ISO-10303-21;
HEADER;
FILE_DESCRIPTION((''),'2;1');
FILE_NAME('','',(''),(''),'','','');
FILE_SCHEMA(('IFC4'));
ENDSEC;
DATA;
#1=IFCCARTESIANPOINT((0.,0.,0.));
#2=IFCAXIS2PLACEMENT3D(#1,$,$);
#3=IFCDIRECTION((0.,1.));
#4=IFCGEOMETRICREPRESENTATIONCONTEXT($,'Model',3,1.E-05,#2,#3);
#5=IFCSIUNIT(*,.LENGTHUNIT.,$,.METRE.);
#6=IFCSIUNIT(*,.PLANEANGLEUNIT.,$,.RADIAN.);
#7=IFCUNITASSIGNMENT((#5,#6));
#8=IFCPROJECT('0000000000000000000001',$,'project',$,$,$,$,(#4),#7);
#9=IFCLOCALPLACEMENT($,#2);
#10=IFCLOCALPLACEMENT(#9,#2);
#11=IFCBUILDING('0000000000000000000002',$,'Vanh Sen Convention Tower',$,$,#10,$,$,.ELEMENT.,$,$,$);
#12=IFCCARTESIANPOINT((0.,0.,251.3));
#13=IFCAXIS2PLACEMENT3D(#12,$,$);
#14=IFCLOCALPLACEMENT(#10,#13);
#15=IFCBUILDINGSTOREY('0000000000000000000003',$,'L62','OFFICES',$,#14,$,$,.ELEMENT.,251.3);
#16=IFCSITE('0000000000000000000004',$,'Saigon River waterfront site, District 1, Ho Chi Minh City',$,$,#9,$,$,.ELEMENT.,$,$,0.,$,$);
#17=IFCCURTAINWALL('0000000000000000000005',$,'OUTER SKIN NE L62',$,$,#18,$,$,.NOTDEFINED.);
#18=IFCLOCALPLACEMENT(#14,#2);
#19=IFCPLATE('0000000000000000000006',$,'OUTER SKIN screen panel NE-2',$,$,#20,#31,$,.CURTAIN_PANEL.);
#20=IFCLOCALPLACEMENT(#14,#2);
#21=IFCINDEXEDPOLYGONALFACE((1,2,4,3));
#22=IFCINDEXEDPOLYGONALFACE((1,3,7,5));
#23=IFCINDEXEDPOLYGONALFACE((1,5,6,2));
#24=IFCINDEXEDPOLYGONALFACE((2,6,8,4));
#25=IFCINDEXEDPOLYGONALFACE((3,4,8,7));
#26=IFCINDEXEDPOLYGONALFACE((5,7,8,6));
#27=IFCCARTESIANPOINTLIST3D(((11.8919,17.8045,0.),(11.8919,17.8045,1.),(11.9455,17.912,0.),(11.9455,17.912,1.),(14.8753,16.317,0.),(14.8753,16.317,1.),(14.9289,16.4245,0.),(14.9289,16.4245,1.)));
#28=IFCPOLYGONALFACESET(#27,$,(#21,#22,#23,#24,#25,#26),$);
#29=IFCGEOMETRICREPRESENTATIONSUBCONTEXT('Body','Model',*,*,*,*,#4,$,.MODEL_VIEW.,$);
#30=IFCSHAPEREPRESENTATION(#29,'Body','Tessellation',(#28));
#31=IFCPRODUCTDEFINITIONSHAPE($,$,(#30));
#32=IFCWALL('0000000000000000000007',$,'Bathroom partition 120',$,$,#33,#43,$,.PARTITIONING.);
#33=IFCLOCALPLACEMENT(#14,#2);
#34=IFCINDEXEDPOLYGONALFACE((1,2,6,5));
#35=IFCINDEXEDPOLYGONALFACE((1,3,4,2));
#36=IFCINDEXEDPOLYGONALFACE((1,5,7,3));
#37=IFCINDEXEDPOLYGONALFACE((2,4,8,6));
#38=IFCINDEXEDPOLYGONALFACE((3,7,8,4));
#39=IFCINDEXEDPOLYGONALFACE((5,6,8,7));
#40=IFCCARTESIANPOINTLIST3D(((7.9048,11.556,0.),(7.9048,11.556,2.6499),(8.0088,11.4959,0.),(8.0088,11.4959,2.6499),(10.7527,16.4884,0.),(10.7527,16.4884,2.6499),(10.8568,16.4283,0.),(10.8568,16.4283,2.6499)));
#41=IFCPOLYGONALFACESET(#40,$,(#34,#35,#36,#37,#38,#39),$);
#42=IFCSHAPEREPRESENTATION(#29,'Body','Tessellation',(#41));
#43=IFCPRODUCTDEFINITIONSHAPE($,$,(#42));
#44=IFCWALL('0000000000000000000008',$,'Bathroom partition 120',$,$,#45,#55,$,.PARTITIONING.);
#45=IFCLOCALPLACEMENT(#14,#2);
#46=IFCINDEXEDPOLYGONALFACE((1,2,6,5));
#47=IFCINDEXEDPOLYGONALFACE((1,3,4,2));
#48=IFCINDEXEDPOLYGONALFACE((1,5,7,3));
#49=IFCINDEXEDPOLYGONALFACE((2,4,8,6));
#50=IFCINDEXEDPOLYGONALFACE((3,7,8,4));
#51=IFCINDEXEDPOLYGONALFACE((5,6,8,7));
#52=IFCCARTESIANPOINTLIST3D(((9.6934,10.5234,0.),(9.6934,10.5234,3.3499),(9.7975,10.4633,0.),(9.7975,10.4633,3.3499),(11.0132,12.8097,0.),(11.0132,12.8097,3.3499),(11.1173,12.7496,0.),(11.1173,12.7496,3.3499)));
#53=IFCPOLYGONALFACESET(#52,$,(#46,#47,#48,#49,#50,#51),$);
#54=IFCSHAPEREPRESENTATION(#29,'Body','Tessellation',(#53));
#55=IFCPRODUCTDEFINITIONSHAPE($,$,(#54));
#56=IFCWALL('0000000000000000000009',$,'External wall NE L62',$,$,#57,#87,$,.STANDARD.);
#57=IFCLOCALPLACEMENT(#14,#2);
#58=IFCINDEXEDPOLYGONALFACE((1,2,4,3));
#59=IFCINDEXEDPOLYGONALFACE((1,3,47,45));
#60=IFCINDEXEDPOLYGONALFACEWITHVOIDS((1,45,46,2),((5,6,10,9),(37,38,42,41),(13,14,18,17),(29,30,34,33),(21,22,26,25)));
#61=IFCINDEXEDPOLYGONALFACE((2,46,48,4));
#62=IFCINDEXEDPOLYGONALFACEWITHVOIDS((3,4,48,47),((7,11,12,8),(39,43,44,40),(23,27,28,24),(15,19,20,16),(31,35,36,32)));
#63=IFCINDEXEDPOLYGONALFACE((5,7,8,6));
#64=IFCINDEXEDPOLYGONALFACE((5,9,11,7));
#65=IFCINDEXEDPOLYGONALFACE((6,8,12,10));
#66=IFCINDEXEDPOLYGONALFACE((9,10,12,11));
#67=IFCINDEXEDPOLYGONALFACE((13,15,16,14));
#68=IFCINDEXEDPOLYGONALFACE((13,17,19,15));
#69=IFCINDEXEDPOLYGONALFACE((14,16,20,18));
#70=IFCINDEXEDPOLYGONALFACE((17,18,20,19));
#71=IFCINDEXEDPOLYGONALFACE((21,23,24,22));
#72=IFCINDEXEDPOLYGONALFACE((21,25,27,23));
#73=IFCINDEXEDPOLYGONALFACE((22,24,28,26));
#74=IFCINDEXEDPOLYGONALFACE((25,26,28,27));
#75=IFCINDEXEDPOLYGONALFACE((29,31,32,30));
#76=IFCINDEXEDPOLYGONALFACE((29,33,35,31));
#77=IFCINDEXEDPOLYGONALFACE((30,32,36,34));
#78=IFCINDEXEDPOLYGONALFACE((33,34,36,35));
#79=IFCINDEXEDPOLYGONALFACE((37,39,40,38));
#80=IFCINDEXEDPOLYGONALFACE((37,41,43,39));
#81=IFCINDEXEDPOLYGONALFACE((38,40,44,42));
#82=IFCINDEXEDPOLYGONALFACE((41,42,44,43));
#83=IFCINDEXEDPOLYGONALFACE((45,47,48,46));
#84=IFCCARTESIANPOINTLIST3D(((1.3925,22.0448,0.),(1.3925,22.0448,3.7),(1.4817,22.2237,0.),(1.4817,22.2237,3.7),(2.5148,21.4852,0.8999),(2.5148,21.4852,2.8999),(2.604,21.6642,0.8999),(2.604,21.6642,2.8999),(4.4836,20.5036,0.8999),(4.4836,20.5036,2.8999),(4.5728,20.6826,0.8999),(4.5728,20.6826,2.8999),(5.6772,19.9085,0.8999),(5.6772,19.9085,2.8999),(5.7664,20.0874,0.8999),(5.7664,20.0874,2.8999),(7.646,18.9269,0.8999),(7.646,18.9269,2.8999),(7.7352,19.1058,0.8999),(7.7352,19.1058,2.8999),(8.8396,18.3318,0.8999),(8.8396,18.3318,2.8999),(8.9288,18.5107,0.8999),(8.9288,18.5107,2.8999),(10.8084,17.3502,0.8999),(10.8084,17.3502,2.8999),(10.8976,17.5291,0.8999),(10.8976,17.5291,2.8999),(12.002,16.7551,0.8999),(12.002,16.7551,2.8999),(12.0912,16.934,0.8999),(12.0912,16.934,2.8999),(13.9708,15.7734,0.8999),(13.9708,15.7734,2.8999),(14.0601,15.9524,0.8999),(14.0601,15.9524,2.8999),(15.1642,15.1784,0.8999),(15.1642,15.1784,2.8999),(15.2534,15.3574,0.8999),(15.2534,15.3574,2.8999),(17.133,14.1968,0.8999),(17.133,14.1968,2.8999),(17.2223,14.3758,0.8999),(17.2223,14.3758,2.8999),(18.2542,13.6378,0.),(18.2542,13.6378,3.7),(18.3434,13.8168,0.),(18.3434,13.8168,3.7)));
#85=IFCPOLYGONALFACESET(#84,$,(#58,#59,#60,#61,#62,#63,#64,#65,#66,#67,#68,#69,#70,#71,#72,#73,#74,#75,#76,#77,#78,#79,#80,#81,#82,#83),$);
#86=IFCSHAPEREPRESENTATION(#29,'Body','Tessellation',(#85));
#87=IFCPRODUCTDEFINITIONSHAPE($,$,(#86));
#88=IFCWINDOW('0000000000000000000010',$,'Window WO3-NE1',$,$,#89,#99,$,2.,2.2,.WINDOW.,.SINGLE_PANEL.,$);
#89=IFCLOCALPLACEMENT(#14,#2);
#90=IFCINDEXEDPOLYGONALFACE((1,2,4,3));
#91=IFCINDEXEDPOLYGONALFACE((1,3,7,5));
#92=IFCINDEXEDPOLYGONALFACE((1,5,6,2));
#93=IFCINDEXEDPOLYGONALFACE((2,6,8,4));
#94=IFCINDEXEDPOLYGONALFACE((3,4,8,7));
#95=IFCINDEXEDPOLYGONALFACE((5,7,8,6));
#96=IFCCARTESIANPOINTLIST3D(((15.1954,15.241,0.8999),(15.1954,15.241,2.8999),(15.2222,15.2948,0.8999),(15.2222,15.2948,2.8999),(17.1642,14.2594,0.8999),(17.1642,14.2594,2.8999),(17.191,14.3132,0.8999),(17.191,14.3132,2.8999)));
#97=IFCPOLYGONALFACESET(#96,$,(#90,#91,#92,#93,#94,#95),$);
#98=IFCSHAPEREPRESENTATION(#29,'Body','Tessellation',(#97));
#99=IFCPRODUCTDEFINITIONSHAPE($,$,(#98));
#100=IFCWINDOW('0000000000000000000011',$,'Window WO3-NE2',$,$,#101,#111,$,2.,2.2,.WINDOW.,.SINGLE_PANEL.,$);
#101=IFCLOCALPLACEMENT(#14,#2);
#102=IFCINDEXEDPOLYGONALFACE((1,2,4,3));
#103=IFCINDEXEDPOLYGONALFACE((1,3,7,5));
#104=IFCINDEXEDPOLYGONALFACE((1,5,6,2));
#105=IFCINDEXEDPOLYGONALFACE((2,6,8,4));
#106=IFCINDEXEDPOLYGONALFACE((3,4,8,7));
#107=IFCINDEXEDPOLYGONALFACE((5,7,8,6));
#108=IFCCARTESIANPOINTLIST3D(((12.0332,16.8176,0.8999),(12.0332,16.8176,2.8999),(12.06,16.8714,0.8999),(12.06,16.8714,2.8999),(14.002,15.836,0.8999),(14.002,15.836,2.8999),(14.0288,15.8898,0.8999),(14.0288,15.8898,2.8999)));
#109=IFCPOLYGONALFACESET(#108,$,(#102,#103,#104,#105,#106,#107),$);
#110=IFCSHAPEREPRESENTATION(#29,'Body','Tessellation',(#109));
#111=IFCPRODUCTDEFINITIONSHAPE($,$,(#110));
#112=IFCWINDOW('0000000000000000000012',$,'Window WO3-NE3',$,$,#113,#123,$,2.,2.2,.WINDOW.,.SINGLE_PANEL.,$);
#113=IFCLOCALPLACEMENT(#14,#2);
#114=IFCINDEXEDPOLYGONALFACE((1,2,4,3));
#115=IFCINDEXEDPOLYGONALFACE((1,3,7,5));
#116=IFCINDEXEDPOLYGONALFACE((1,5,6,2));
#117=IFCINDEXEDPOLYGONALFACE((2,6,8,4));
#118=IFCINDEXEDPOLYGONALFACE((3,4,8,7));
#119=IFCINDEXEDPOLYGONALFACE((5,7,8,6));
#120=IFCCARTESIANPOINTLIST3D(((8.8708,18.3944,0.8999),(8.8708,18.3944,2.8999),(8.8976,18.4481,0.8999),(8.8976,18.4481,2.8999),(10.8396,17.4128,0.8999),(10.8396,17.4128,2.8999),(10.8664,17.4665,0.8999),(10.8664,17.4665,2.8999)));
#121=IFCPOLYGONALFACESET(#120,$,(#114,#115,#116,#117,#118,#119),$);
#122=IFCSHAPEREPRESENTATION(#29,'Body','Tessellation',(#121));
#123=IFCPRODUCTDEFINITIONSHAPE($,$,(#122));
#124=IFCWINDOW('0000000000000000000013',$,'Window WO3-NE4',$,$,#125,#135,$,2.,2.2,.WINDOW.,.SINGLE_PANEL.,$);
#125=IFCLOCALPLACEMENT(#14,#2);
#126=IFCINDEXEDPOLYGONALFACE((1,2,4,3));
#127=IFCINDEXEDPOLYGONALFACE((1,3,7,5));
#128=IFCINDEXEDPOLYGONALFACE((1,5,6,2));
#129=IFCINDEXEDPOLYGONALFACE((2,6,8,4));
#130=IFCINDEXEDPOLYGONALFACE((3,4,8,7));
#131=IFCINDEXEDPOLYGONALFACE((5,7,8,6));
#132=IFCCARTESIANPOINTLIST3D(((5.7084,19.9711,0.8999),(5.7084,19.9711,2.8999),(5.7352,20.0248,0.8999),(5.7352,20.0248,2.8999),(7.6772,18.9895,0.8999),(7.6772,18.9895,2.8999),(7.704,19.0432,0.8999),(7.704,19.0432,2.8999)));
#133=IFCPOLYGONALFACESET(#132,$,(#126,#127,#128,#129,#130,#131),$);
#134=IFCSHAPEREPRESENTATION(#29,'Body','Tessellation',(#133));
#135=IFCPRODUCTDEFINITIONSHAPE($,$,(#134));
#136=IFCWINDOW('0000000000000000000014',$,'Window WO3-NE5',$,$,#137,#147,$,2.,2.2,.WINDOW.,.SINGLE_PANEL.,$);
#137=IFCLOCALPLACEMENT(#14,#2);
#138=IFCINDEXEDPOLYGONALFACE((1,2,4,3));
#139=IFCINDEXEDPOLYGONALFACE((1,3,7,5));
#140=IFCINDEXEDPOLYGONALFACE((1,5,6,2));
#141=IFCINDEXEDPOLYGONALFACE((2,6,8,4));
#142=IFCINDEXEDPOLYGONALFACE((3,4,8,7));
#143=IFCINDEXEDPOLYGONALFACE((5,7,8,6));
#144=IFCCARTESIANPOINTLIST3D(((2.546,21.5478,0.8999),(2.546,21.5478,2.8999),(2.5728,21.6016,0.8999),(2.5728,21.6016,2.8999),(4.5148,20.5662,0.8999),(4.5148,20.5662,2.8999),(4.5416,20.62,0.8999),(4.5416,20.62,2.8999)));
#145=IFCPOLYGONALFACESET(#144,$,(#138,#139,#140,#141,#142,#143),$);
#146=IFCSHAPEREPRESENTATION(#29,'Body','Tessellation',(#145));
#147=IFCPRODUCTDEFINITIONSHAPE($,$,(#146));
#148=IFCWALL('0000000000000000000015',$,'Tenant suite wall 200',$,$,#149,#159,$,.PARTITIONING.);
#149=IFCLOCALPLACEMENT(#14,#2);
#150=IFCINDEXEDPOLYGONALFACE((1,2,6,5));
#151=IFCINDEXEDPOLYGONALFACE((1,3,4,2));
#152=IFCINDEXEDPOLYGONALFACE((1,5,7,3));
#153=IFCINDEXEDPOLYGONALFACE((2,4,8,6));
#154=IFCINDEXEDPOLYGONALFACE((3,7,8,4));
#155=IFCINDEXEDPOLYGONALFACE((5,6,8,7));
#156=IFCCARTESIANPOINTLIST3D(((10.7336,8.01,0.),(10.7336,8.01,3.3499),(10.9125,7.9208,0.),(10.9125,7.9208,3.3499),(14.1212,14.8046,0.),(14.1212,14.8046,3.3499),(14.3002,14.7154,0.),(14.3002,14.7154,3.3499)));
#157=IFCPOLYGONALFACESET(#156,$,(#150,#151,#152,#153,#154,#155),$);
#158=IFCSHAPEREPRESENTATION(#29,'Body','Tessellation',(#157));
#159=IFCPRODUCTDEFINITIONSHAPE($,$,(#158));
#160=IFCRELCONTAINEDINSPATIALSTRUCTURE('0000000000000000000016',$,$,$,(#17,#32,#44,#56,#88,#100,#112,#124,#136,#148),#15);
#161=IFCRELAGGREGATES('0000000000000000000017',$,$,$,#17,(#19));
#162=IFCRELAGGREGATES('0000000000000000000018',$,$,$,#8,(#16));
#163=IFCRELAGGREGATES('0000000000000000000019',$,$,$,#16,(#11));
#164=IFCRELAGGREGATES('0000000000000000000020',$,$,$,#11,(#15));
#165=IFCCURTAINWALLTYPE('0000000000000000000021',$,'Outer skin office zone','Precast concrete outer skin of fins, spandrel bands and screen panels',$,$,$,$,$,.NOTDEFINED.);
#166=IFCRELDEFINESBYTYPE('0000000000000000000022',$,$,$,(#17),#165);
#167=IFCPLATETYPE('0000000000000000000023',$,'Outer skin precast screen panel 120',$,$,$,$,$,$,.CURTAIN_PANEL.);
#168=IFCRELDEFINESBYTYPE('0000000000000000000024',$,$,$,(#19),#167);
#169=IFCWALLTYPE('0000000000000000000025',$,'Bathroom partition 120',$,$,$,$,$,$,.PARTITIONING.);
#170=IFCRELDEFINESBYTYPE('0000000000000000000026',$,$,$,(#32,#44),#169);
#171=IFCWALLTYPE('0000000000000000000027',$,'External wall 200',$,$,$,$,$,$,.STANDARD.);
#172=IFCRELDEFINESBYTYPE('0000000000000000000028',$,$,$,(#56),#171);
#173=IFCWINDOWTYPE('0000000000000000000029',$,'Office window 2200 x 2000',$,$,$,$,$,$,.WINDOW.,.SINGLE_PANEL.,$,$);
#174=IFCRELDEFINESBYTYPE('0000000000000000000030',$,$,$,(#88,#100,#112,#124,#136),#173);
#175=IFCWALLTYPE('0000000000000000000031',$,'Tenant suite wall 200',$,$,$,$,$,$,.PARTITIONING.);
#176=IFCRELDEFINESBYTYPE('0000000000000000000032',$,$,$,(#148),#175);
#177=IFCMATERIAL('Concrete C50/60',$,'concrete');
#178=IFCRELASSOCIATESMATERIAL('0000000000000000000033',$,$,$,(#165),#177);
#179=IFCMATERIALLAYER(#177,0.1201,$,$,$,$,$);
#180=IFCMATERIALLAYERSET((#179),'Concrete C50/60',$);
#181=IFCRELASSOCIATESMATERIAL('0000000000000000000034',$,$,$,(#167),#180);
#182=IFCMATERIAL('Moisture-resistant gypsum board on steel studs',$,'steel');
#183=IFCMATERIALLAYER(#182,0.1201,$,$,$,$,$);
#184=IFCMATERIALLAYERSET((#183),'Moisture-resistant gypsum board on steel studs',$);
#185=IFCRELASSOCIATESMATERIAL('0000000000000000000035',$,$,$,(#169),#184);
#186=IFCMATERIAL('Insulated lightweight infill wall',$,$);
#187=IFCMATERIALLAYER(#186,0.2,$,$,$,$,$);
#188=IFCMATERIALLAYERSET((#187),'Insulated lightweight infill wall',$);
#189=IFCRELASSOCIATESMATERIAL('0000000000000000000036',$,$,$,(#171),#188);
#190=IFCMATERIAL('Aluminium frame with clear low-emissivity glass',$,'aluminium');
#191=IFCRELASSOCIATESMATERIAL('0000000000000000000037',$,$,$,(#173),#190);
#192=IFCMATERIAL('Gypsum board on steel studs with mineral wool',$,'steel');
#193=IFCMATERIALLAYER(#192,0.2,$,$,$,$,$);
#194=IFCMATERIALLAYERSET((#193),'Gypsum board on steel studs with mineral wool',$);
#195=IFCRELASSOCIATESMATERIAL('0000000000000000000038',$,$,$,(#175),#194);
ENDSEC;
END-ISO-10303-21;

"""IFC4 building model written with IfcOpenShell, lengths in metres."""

from ifc_helpers import new_model, si_unit, direction, frame, frame_2d, origin, origin_2d, place, context, subcontext, project, spatial, rectangle, extrude, material, layer, layer_set, type_object, element, fill, aggregate, save


model = new_model("IFC4")

# Units and contexts
model_context = context("Model", 3, precision=1e-05, world=origin(), true_north=direction((0.0, 1.0)))
body_context = subcontext(model_context, "Body", "Model", "MODEL_VIEW")
ifc_project = project(units=[si_unit("LENGTHUNIT", "METRE"), si_unit("PLANEANGLEUNIT", "RADIAN")], contexts=[model_context])

# Site, building, storey
site_placement = place(None, origin())
site = spatial("IfcSite", under=ifc_project, at=site_placement, Name="Saigon River waterfront site, District 1, Ho Chi Minh City", CompositionType="ELEMENT", RefElevation=0.0)
building_placement = place(site_placement, origin())
building = spatial("IfcBuilding", under=site, at=building_placement, Name="Vanh Sen Convention Tower", CompositionType="ELEMENT")
storey_placement = place(building_placement, frame((0.0, 0.0, 251.3)))
storey = spatial("IfcBuildingStorey", under=building, at=storey_placement, Name="L62", Description="OFFICES", CompositionType="ELEMENT", Elevation=251.3)

# Curtain wall
ifc_material_1 = material(Name="Concrete C50/60", Category="concrete")
curtain_wall_type = type_object("IfcCurtainWallType", Name="Outer skin office zone", Description="Precast concrete outer skin of fins, spandrel bands and screen panels", PredefinedType="NOTDEFINED", material=ifc_material_1)
curtain_wall_1_placement = place(storey_placement, origin())
curtain_wall_1 = element("IfcCurtainWall", 1, at=curtain_wall_1_placement, inside=storey, type_object=curtain_wall_type, Name="OUTER SKIN NE L62", PredefinedType="NOTDEFINED")

# Shared definitions
ifc_layer_1 = layer(ifc_material_1, 0.1201)
ifc_layer_set_1 = layer_set([ifc_layer_1], Name="Concrete C50/60")
plate_type = type_object("IfcPlateType", Name="Outer skin precast screen panel 120", PredefinedType="CURTAIN_PANEL", material=ifc_layer_set_1)

# Plate
plate_1_placement = place(storey_placement, frame((13.4104, 17.1145, 0.0), z_axis=(0.0, 0.0, 1.0), x_axis=(-0.894936, 0.446195, 0.0)))
plate_1 = element("IfcPlate", 2, at=plate_1_placement, type_object=plate_type, Name="OUTER SKIN screen panel NE-2", PredefinedType="CURTAIN_PANEL", context=body_context, shape_type="SweptSolid", body=[
    extrude(rectangle(XDim=3.3337, YDim=0.1201, at=origin_2d()), origin(), (0.0, 0.0, 1.0), 1.0),
])
aggregate(curtain_wall_1, [plate_1])

# Walls
ifc_material_2 = material(Name="Moisture-resistant gypsum board on steel studs", Category="steel")
ifc_layer_2 = layer(ifc_material_2, 0.1201)
ifc_layer_set_2 = layer_set([ifc_layer_2], Name="Moisture-resistant gypsum board on steel studs")
wall_type_1 = type_object("IfcWallType", Name="Bathroom partition 120", PredefinedType="PARTITIONING", material=ifc_layer_set_2)
wall_1_placement = place(storey_placement, frame((10.8047, 16.4583, 0.0), z_axis=(0.0, 0.0, 1.0), x_axis=(-0.500025, -0.866011, 0.0)))
element("IfcWall", 3, at=wall_1_placement, inside=storey, type_object=wall_type_1, Name="Bathroom partition 120", PredefinedType="PARTITIONING", context=body_context, shape_type="SweptSolid", body=[
    extrude(rectangle(XDim=5.6956, YDim=0.1201, at=frame_2d((2.8477, 0.0))), origin(), (0.0, 0.0, 1.0), 2.6499),
])
wall_2_placement = place(storey_placement, frame((11.0652, 12.7795, 0.0), z_axis=(0.0, 0.0, 1.0), x_axis=(-0.499939, -0.866061, 0.0)))
element("IfcWall", 4, at=wall_2_placement, inside=storey, type_object=wall_type_1, Name="Bathroom partition 120", PredefinedType="PARTITIONING", context=body_context, shape_type="SweptSolid", body=[
    extrude(rectangle(XDim=2.6399, YDim=0.1201, at=frame_2d((1.3198, 0.0))), origin(), (0.0, 0.0, 1.0), 3.3499),
])

# Wall, openings, windows
ifc_material_3 = material(Name="Insulated lightweight infill wall")
ifc_layer_3 = layer(ifc_material_3, 0.2)
ifc_layer_set_3 = layer_set([ifc_layer_3], Name="Insulated lightweight infill wall")
wall_type_2 = type_object("IfcWallType", Name="External wall 200", PredefinedType="STANDARD", material=ifc_layer_set_3)
wall_3_placement = place(storey_placement, frame((18.2988, 13.7273, 0.0), z_axis=(0.0, 0.0, 1.0), x_axis=(-0.894935, 0.446197, 0.0)))
wall_3 = element("IfcWall", 5, at=wall_3_placement, inside=storey, type_object=wall_type_2, Name="External wall NE L62", PredefinedType="STANDARD", context=body_context, shape_type="SweptSolid", body=[
    extrude(rectangle(XDim=18.8413, YDim=0.2, at=frame_2d((9.4207, 0.0))), origin(), (0.0, 0.0, 1.0), 3.7),
])
opening_1_placement = place(wall_3_placement, frame((1.2527, 0.0, 0.8999)))
opening_1 = element("IfcOpeningElement", 6, at=opening_1_placement, cuts=wall_3, PredefinedType="OPENING", context=body_context, shape_type="SweptSolid", body=[
    extrude(rectangle(XDim=2.2, YDim=2.0, at=frame_2d((1.1001, 1.0))), frame((0.0, 0.1099, 0.0), z_axis=(0.0, -1.0, 0.0), x_axis=(1.0, 0.0, 0.0)), (0.0, 0.0, 1.0), 0.22),
])
opening_2_placement = place(wall_3_placement, frame((4.7861, 0.0, 0.8999)))
opening_2 = element("IfcOpeningElement", 7, at=opening_2_placement, cuts=wall_3, PredefinedType="OPENING", context=body_context, shape_type="SweptSolid", body=[
    extrude(rectangle(XDim=2.2, YDim=2.0, at=frame_2d((1.1001, 1.0))), frame((0.0, 0.1099, 0.0), z_axis=(0.0, -1.0, 0.0), x_axis=(1.0, 0.0, 0.0)), (0.0, 0.0, 1.0), 0.22),
])
opening_3_placement = place(wall_3_placement, frame((8.3198, 0.0, 0.8999)))
opening_3 = element("IfcOpeningElement", 8, at=opening_3_placement, cuts=wall_3, PredefinedType="OPENING", context=body_context, shape_type="SweptSolid", body=[
    extrude(rectangle(XDim=2.2, YDim=2.0, at=frame_2d((1.1001, 1.0))), frame((0.0, 0.1099, 0.0), z_axis=(0.0, -1.0, 0.0), x_axis=(1.0, 0.0, 0.0)), (0.0, 0.0, 1.0), 0.22),
])
opening_4_placement = place(wall_3_placement, frame((11.8535, 0.0, 0.8999)))
opening_4 = element("IfcOpeningElement", 9, at=opening_4_placement, cuts=wall_3, PredefinedType="OPENING", context=body_context, shape_type="SweptSolid", body=[
    extrude(rectangle(XDim=2.2, YDim=2.0, at=frame_2d((1.1001, 1.0))), frame((0.0, 0.1099, 0.0), z_axis=(0.0, -1.0, 0.0), x_axis=(1.0, 0.0, 0.0)), (0.0, 0.0, 1.0), 0.22),
])
opening_5_placement = place(wall_3_placement, frame((15.3872, 0.0, 0.8999)))
opening_5 = element("IfcOpeningElement", 10, at=opening_5_placement, cuts=wall_3, PredefinedType="OPENING", context=body_context, shape_type="SweptSolid", body=[
    extrude(rectangle(XDim=2.2, YDim=2.0, at=frame_2d((1.1001, 1.0))), frame((0.0, 0.1099, 0.0), z_axis=(0.0, -1.0, 0.0), x_axis=(1.0, 0.0, 0.0)), (0.0, 0.0, 1.0), 0.22),
])
ifc_material_4 = material(Name="Aluminium frame with clear low-emissivity glass", Category="aluminium")
window_type = type_object("IfcWindowType", Name="Office window 2200 x 2000", PartitioningType="SINGLE_PANEL", PredefinedType="WINDOW", material=ifc_material_4)
window_1_placement = place(opening_1_placement, origin())
window_1 = element("IfcWindow", 11, at=window_1_placement, inside=storey, type_object=window_type, Name="Window WO3-NE1", OverallHeight=2.0, OverallWidth=2.2, PartitioningType="SINGLE_PANEL", PredefinedType="WINDOW", context=body_context, shape_type="SweptSolid", body=[
    extrude(rectangle(XDim=2.2, YDim=2.0, at=frame_2d((1.1001, 1.0))), frame((0.0, 0.03, 0.0), z_axis=(0.0, -1.0, 0.0), x_axis=(1.0, 0.0, 0.0)), (0.0, 0.0, 1.0), 0.0601),
])
fill(opening_1, window_1)
window_2_placement = place(opening_2_placement, origin())
window_2 = element("IfcWindow", 12, at=window_2_placement, inside=storey, type_object=window_type, Name="Window WO3-NE2", OverallHeight=2.0, OverallWidth=2.2, PartitioningType="SINGLE_PANEL", PredefinedType="WINDOW", context=body_context, shape_type="SweptSolid", body=[
    extrude(rectangle(XDim=2.2, YDim=2.0, at=frame_2d((1.1001, 1.0))), frame((0.0, 0.03, 0.0), z_axis=(0.0, -1.0, 0.0), x_axis=(1.0, 0.0, 0.0)), (0.0, 0.0, 1.0), 0.0601),
])
fill(opening_2, window_2)
window_3_placement = place(opening_3_placement, origin())
window_3 = element("IfcWindow", 13, at=window_3_placement, inside=storey, type_object=window_type, Name="Window WO3-NE3", OverallHeight=2.0, OverallWidth=2.2, PartitioningType="SINGLE_PANEL", PredefinedType="WINDOW", context=body_context, shape_type="SweptSolid", body=[
    extrude(rectangle(XDim=2.2, YDim=2.0, at=frame_2d((1.1001, 1.0))), frame((0.0, 0.03, 0.0), z_axis=(0.0, -1.0, 0.0), x_axis=(1.0, 0.0, 0.0)), (0.0, 0.0, 1.0), 0.0601),
])
fill(opening_3, window_3)
window_4_placement = place(opening_4_placement, origin())
window_4 = element("IfcWindow", 14, at=window_4_placement, inside=storey, type_object=window_type, Name="Window WO3-NE4", OverallHeight=2.0, OverallWidth=2.2, PartitioningType="SINGLE_PANEL", PredefinedType="WINDOW", context=body_context, shape_type="SweptSolid", body=[
    extrude(rectangle(XDim=2.2, YDim=2.0, at=frame_2d((1.1001, 1.0))), frame((0.0, 0.03, 0.0), z_axis=(0.0, -1.0, 0.0), x_axis=(1.0, 0.0, 0.0)), (0.0, 0.0, 1.0), 0.0601),
])
fill(opening_4, window_4)
window_5_placement = place(opening_5_placement, origin())
window_5 = element("IfcWindow", 15, at=window_5_placement, inside=storey, type_object=window_type, Name="Window WO3-NE5", OverallHeight=2.0, OverallWidth=2.2, PartitioningType="SINGLE_PANEL", PredefinedType="WINDOW", context=body_context, shape_type="SweptSolid", body=[
    extrude(rectangle(XDim=2.2, YDim=2.0, at=frame_2d((1.1001, 1.0))), frame((0.0, 0.03, 0.0), z_axis=(0.0, -1.0, 0.0), x_axis=(1.0, 0.0, 0.0)), (0.0, 0.0, 1.0), 0.0601),
])
fill(opening_5, window_5)

# Wall
ifc_material_5 = material(Name="Gypsum board on steel studs with mineral wool", Category="steel")
ifc_layer_4 = layer(ifc_material_5, 0.2)
ifc_layer_set_4 = layer_set([ifc_layer_4], Name="Gypsum board on steel studs with mineral wool")
wall_type_3 = type_object("IfcWallType", Name="Tenant suite wall 200", PredefinedType="PARTITIONING", material=ifc_layer_set_4)
wall_4_placement = place(storey_placement, frame((14.2107, 14.76, 0.0), z_axis=(0.0, 0.0, 1.0), x_axis=(-0.446197, -0.894935, 0.0)))
element("IfcWall", 16, at=wall_4_placement, inside=storey, type_object=wall_type_3, Name="Tenant suite wall 200", PredefinedType="PARTITIONING", context=body_context, shape_type="SweptSolid", body=[
    extrude(rectangle(XDim=7.5923, YDim=0.2, at=frame_2d((3.7961, 0.0))), origin(), (0.0, 0.0, 1.0), 3.3499),
])

save(model, "model.ifc")
